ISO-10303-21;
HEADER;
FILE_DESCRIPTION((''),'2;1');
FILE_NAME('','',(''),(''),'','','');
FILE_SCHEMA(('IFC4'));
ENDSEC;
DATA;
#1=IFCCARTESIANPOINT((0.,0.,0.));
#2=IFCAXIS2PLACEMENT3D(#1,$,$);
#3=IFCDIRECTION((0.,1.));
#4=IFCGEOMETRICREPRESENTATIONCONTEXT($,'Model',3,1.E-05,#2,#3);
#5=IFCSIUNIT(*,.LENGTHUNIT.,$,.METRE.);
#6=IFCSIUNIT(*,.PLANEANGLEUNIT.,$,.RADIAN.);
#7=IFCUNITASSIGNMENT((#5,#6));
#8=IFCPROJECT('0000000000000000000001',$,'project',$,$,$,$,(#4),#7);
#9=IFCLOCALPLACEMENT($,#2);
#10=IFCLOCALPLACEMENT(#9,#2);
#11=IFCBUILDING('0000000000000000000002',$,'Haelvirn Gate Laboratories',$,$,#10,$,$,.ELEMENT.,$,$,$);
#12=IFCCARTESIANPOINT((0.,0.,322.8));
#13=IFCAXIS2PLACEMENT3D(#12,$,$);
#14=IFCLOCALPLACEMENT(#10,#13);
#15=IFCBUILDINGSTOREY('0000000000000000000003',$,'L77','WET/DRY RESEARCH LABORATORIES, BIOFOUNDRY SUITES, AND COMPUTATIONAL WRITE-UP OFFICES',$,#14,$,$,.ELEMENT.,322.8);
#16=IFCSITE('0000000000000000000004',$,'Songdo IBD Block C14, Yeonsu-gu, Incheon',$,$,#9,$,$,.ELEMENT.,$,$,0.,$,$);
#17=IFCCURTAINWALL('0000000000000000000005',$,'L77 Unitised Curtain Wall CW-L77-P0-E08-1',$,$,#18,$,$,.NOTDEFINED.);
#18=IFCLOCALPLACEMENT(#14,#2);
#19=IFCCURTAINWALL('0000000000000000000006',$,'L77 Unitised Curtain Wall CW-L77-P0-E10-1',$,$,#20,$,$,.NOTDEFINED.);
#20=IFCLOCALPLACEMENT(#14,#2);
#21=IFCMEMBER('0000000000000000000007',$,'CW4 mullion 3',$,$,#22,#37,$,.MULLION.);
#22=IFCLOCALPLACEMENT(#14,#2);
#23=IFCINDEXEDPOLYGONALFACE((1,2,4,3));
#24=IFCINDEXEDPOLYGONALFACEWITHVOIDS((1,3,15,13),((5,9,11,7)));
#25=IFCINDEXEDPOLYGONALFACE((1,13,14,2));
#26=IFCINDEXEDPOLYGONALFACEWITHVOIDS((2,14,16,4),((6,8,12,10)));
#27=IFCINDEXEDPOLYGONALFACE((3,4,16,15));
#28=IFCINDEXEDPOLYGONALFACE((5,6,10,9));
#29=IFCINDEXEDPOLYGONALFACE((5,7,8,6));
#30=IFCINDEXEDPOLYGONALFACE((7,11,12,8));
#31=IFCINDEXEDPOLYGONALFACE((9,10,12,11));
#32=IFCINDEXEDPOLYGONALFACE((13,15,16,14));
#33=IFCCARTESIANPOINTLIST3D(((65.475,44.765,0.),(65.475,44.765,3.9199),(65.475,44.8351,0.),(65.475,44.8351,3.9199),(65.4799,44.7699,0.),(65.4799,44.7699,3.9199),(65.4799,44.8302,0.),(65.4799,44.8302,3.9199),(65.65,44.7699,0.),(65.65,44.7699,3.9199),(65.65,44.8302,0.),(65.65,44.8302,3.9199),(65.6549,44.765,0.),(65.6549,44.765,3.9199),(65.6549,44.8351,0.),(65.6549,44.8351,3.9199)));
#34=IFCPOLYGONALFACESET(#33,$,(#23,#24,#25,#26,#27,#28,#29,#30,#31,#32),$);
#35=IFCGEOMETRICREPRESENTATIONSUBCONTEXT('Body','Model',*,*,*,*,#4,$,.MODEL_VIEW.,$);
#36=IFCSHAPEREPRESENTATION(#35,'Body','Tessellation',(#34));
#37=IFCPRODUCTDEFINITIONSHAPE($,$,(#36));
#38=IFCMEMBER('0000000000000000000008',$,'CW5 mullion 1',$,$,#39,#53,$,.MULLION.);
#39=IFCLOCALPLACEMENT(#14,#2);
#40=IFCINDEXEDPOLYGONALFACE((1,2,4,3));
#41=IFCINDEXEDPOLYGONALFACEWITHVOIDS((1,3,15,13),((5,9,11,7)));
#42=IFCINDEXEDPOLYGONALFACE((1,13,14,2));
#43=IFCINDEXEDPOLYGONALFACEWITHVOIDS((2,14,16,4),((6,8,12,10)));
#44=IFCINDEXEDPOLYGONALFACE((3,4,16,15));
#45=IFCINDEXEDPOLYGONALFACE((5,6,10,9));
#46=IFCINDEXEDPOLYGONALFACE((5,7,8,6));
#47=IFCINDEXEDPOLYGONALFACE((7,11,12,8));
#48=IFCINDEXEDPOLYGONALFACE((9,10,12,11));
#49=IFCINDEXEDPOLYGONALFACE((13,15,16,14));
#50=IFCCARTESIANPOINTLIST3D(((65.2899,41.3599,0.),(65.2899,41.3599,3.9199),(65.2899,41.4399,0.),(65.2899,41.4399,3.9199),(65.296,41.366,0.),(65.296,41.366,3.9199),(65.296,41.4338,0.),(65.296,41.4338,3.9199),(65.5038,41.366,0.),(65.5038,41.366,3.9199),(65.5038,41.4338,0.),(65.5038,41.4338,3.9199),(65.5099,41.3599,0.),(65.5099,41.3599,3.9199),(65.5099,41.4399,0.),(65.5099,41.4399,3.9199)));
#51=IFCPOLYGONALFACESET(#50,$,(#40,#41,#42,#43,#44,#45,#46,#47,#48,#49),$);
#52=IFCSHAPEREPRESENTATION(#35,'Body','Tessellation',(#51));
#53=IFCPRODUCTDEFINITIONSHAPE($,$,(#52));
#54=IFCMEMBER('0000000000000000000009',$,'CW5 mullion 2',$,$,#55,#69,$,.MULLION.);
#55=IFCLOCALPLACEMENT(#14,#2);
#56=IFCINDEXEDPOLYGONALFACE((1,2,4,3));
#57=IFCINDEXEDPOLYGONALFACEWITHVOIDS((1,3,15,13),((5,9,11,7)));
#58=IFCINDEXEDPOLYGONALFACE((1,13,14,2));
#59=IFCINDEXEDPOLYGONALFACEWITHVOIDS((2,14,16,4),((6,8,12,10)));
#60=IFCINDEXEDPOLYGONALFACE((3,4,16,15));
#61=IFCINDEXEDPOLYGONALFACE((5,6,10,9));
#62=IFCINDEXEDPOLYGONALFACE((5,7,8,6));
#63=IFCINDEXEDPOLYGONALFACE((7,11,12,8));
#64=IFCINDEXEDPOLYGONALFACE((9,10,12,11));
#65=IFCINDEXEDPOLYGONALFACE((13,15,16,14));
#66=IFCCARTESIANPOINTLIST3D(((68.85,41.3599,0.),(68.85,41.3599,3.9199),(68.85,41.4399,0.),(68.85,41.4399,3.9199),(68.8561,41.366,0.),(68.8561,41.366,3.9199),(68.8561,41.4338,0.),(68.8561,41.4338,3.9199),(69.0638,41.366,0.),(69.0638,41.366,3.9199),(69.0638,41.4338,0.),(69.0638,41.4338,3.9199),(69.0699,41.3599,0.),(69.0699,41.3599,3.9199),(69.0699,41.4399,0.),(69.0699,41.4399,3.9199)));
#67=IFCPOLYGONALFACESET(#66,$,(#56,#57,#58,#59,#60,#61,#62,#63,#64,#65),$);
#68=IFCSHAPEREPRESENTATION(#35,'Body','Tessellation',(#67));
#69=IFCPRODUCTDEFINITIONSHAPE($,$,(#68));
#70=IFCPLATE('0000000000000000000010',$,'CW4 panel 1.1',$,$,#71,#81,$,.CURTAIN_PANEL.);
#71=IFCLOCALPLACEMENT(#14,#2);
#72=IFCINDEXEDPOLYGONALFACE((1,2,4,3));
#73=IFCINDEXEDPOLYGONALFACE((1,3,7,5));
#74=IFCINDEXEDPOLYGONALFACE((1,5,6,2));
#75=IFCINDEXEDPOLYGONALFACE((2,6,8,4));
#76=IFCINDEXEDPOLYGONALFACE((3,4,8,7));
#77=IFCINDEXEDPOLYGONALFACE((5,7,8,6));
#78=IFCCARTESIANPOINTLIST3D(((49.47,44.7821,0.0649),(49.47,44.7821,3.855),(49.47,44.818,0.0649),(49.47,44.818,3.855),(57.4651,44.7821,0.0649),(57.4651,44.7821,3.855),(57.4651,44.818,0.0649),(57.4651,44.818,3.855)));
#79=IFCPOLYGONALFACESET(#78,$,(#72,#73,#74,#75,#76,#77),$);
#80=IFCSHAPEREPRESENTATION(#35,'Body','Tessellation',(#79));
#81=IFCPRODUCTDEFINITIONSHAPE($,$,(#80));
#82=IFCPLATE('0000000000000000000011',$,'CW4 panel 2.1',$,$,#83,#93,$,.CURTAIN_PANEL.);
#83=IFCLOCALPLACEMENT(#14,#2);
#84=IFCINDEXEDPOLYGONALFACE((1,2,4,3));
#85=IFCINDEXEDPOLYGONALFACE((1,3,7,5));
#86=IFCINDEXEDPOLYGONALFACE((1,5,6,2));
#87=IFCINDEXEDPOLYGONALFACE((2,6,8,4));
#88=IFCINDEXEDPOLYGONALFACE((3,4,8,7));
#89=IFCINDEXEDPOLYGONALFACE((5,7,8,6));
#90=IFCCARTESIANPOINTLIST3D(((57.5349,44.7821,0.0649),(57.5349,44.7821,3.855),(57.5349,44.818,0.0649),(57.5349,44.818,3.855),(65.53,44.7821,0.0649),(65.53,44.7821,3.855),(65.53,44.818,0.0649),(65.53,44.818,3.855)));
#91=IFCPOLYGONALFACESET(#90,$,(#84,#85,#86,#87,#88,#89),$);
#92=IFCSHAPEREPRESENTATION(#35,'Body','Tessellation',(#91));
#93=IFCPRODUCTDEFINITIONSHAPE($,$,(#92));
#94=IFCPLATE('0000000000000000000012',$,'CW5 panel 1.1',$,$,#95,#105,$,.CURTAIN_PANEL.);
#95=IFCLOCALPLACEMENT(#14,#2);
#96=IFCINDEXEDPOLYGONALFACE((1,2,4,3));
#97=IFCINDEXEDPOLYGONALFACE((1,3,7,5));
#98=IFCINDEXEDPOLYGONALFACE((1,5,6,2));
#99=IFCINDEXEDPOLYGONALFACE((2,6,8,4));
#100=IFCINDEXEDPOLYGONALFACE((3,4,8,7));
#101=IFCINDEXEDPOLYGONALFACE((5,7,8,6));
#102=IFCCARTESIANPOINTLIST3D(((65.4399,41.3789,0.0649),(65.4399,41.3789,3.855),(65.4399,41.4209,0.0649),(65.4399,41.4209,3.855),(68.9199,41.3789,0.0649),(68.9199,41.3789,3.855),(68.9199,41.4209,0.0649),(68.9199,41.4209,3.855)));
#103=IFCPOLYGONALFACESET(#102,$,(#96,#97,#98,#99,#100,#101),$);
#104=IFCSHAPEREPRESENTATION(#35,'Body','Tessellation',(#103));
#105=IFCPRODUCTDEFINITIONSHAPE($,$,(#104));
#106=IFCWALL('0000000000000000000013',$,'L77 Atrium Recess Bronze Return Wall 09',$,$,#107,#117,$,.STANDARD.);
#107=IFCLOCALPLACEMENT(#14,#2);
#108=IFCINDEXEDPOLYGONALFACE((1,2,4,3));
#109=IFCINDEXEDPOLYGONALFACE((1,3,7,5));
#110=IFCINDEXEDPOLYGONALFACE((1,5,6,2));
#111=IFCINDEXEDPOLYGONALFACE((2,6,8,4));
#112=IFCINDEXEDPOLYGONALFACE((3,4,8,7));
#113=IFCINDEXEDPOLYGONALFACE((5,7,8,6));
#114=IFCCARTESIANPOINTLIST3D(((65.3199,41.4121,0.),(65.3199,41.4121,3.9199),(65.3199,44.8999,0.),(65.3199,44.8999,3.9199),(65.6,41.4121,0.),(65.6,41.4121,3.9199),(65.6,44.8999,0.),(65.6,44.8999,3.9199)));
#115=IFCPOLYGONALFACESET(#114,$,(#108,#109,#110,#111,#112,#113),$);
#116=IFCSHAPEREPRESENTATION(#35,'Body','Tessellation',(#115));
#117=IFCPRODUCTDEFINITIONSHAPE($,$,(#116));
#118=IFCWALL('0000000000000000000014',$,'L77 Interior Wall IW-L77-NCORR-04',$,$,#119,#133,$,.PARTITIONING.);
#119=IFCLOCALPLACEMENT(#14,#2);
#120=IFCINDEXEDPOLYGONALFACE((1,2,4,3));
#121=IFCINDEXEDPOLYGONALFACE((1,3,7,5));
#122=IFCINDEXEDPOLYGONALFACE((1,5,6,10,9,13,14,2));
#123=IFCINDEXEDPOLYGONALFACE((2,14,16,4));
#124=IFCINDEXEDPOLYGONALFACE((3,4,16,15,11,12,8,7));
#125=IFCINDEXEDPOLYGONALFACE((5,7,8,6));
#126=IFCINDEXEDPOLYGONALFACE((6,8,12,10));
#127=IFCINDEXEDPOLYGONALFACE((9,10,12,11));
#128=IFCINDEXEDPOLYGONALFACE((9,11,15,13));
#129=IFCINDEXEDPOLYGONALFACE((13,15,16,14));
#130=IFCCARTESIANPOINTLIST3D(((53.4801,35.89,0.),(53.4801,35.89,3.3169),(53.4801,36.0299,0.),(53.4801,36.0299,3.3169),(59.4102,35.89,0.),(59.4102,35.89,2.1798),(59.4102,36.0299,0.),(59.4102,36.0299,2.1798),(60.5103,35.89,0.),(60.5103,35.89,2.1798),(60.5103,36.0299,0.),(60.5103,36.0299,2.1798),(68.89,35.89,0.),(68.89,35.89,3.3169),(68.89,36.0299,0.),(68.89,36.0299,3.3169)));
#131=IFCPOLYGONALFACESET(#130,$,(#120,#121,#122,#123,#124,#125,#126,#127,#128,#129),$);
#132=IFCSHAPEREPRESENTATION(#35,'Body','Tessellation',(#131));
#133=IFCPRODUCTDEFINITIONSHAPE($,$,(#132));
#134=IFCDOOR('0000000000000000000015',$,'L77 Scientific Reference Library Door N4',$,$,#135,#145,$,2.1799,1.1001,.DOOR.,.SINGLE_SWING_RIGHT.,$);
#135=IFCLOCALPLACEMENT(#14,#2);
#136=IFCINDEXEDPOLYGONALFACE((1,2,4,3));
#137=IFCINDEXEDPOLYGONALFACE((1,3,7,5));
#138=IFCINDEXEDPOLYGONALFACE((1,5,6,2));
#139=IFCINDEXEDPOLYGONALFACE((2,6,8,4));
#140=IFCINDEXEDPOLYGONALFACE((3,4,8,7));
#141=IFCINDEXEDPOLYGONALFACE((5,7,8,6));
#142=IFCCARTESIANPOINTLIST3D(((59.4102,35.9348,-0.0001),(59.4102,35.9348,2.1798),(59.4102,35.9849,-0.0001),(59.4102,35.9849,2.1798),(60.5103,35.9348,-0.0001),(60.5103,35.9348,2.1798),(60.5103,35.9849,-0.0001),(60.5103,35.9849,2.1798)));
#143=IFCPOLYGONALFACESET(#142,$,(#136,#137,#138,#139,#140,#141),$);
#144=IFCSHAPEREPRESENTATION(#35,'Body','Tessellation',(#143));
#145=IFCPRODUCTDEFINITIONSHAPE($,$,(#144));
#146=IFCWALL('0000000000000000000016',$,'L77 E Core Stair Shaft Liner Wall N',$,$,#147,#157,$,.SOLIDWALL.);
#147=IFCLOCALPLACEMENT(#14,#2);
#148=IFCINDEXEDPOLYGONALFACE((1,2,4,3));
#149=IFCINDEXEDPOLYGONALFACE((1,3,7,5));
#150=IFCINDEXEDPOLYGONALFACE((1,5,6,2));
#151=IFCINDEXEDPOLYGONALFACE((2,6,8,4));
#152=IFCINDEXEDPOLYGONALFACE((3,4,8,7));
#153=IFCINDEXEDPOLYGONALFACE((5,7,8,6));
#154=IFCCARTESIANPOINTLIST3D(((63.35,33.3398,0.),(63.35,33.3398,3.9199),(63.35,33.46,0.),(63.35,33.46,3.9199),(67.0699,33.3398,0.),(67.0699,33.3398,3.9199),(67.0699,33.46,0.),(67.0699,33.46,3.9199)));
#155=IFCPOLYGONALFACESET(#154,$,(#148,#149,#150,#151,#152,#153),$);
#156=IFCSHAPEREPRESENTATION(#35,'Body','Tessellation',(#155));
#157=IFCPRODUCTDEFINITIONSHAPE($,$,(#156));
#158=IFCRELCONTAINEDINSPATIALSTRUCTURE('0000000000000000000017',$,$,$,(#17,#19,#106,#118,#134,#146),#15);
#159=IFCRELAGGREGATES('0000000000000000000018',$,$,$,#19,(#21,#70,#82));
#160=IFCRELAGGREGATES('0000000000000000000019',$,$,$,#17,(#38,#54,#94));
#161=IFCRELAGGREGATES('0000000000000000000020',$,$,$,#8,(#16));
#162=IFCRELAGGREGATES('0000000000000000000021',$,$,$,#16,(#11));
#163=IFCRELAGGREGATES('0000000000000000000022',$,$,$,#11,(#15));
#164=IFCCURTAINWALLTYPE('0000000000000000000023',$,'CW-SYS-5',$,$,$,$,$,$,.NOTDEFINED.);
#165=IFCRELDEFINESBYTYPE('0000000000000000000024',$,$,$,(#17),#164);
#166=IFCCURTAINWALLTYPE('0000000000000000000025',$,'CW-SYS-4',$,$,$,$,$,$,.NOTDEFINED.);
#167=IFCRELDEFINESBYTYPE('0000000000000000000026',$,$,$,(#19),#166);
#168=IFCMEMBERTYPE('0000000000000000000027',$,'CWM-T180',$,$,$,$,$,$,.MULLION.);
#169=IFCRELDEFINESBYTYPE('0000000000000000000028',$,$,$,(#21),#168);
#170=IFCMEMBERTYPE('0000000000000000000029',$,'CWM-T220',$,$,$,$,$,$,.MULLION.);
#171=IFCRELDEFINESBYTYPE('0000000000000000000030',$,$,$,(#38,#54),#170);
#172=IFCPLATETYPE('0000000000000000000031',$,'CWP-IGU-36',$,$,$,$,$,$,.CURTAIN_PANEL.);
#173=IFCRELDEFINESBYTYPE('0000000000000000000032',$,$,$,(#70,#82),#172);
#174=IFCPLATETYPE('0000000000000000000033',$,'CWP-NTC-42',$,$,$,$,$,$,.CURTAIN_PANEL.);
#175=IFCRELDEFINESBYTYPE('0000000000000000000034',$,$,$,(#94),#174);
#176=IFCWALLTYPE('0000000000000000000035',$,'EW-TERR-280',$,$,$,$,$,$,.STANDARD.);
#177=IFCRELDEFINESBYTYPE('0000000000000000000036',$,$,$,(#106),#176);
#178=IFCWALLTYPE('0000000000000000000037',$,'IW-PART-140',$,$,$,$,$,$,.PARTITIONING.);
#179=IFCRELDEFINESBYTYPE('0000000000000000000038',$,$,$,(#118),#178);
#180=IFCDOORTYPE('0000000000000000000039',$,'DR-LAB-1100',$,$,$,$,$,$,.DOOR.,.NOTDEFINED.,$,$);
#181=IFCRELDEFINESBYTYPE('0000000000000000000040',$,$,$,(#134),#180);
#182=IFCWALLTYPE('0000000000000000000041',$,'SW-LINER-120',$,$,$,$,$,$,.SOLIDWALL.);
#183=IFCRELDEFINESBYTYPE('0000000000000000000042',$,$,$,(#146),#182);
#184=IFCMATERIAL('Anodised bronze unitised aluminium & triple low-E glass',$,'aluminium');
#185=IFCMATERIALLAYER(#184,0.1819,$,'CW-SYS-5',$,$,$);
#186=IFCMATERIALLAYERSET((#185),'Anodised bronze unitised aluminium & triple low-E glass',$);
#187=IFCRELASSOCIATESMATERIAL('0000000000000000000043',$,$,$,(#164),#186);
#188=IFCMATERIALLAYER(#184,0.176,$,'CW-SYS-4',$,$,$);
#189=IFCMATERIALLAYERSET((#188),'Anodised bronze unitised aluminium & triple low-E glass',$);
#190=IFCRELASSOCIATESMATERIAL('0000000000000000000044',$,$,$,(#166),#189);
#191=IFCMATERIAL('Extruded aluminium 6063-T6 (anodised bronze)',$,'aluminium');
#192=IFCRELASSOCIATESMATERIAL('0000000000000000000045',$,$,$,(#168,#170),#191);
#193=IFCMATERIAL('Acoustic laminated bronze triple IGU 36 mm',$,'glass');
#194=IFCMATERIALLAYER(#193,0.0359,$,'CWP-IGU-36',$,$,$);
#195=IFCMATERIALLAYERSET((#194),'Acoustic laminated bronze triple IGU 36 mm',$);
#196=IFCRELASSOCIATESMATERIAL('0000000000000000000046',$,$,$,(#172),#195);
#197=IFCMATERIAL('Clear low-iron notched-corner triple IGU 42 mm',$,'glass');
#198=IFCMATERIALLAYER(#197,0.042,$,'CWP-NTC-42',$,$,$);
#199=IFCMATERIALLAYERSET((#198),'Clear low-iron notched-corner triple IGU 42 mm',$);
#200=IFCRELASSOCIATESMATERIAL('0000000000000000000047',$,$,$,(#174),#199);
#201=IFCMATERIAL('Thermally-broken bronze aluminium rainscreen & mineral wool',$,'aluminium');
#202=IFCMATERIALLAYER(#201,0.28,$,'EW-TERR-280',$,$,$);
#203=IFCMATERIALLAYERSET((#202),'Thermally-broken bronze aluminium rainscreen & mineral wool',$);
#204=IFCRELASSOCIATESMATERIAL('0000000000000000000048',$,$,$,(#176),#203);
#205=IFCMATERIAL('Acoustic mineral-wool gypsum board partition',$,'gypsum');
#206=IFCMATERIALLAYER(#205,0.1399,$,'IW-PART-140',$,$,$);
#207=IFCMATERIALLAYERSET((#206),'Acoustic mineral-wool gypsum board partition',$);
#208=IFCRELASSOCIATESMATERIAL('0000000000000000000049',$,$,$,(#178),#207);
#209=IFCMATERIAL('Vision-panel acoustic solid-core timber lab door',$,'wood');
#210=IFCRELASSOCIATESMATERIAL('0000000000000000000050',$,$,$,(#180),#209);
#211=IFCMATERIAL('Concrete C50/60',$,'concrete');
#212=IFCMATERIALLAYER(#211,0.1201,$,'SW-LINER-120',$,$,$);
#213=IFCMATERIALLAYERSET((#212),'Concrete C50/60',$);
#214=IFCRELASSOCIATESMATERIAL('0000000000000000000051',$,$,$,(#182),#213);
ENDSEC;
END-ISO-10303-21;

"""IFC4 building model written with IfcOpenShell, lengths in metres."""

from ifc_helpers import new_model, si_unit, direction, frame, frame_2d, origin, origin_2d, place, context, subcontext, project, spatial, rectangle, hollow_rectangle, extrude, source, transform, mapped, material, layer, layer_set, material_profile, profile_set, type_object, type_shapes, element, fill, aggregate, save


model = new_model("IFC4")

# Units and contexts
model_context = context("Model", 3, precision=1e-05, world=origin(), true_north=direction((0.0, 1.0)))
body_context = subcontext(model_context, "Body", "Model", "MODEL_VIEW")
ifc_project = project(units=[si_unit("LENGTHUNIT", "METRE"), si_unit("PLANEANGLEUNIT", "RADIAN")], contexts=[model_context])

# Site, building, storey
site_placement = place(None, origin())
site = spatial("IfcSite", under=ifc_project, at=site_placement, Name="Songdo IBD Block C14, Yeonsu-gu, Incheon", CompositionType="ELEMENT", RefElevation=0.0)
building_placement = place(site_placement, origin())
building = spatial("IfcBuilding", under=site, at=building_placement, Name="Haelvirn Gate Laboratories", CompositionType="ELEMENT")
storey_placement = place(building_placement, frame((0.0, 0.0, 322.8)))
storey = spatial("IfcBuildingStorey", under=building, at=storey_placement, Name="L77", Description="WET/DRY RESEARCH LABORATORIES, BIOFOUNDRY SUITES, AND COMPUTATIONAL WRITE-UP OFFICES", CompositionType="ELEMENT", Elevation=322.8)

# Shared definitions
ifc_material_1 = material(Name="Concrete C50/60", Category="concrete")

# Curtain walls
ifc_material_2 = material(Name="Anodised bronze unitised aluminium & triple low-E glass", Category="aluminium")
ifc_layer_1 = layer(ifc_material_2, 0.1819, Name="CW-SYS-5")
ifc_layer_set_1 = layer_set([ifc_layer_1], Name="Anodised bronze unitised aluminium & triple low-E glass")
curtain_wall_type_1 = type_object("IfcCurtainWallType", Name="CW-SYS-5", PredefinedType="NOTDEFINED", material=ifc_layer_set_1)
curtain_wall_1_placement = place(storey_placement, origin())
curtain_wall_1 = element("IfcCurtainWall", 1, at=curtain_wall_1_placement, inside=storey, type_object=curtain_wall_type_1, Name="L77 Unitised Curtain Wall CW-L77-P0-E08-1", PredefinedType="NOTDEFINED")
ifc_material_3 = material(Name="Extruded aluminium 6063-T6 (anodised bronze)", Category="aluminium")
ifc_layer_2 = layer(ifc_material_2, 0.176, Name="CW-SYS-4")
ifc_layer_set_2 = layer_set([ifc_layer_2], Name="Anodised bronze unitised aluminium & triple low-E glass")
curtain_wall_type_2 = type_object("IfcCurtainWallType", Name="CW-SYS-4", PredefinedType="NOTDEFINED", material=ifc_layer_set_2)
curtain_wall_2_placement = place(storey_placement, origin())
curtain_wall_2 = element("IfcCurtainWall", 2, at=curtain_wall_2_placement, inside=storey, type_object=curtain_wall_type_2, Name="L77 Unitised Curtain Wall CW-L77-P0-E10-1", PredefinedType="NOTDEFINED")

# Shared definitions
ifc_material_profile_1 = material_profile(ifc_material_3, hollow_rectangle(XDim=0.0701, YDim=0.1799, WallThickness=0.0049, at=origin_2d()), Name="CWM-180x70x5")
ifc_profile_set_1 = profile_set([ifc_material_profile_1], Name="Extruded aluminium 6063-T6 (anodised bronze)")
member_type_1 = type_object("IfcMemberType", Name="CWM-T180", PredefinedType="MULLION", material=ifc_profile_set_1)
shared_shape_1 = source(origin(), body_context, "Body", "SweptSolid", [
    extrude(hollow_rectangle(XDim=0.0701, YDim=0.1799, WallThickness=0.0049, at=origin_2d()), origin(), (0.0, 0.0, 1.0), 3.9199),
])
type_shapes(member_type_1, [shared_shape_1])

# Members
member_1_placement = place(storey_placement, frame((65.5649, 44.8, 0.0), z_axis=(0.0, 0.0, 1.0), x_axis=(0.0, 1.0, 0.0)))
member_1 = element("IfcMember", 3, at=member_1_placement, type_object=member_type_1, Name="CW4 mullion 3", PredefinedType="MULLION", context=body_context, shape_type="MappedRepresentation", body=[
    mapped(shared_shape_1, transform((0.0, 0.0, 0.0), scale=1.0)),
])
ifc_material_profile_2 = material_profile(ifc_material_3, hollow_rectangle(XDim=0.0801, YDim=0.22, WallThickness=0.0061, at=origin_2d()), Name="CWM-220x80x6")
ifc_profile_set_2 = profile_set([ifc_material_profile_2], Name="Extruded aluminium 6063-T6 (anodised bronze)")
member_type_2 = type_object("IfcMemberType", Name="CWM-T220", PredefinedType="MULLION", material=ifc_profile_set_2)
shared_shape_2 = source(origin(), body_context, "Body", "SweptSolid", [
    extrude(hollow_rectangle(XDim=0.0801, YDim=0.22, WallThickness=0.0061, at=origin_2d()), origin(), (0.0, 0.0, 1.0), 3.9199),
])
type_shapes(member_type_2, [shared_shape_2])
member_2_placement = place(storey_placement, frame((65.3999, 41.3999, 0.0), z_axis=(0.0, 0.0, 1.0), x_axis=(0.0, 1.0, 0.0)))
member_2 = element("IfcMember", 4, at=member_2_placement, type_object=member_type_2, Name="CW5 mullion 1", PredefinedType="MULLION", context=body_context, shape_type="MappedRepresentation", body=[
    mapped(shared_shape_2, transform((0.0, 0.0, 0.0), scale=1.0)),
])
member_3_placement = place(storey_placement, frame((68.96, 41.3999, 0.0), z_axis=(0.0, 0.0, 1.0), x_axis=(0.0, 1.0, 0.0)))
member_3 = element("IfcMember", 5, at=member_3_placement, type_object=member_type_2, Name="CW5 mullion 2", PredefinedType="MULLION", context=body_context, shape_type="MappedRepresentation", body=[
    mapped(shared_shape_2, transform((0.0, 0.0, 0.0), scale=1.0)),
])

# Plates
ifc_material_4 = material(Name="Acoustic laminated bronze triple IGU 36 mm", Category="glass")
ifc_layer_3 = layer(ifc_material_4, 0.0359, Name="CWP-IGU-36")
ifc_layer_set_3 = layer_set([ifc_layer_3], Name="Acoustic laminated bronze triple IGU 36 mm")
plate_type_1 = type_object("IfcPlateType", Name="CWP-IGU-36", PredefinedType="CURTAIN_PANEL", material=ifc_layer_set_3)
shared_shape_3 = source(origin(), body_context, "Body", "SweptSolid", [
    extrude(rectangle(XDim=7.9951, YDim=0.0359, at=origin_2d()), origin(), (0.0, 0.0, 1.0), 3.79),
])
type_shapes(plate_type_1, [shared_shape_3])
plate_1_placement = place(storey_placement, frame((53.4675, 44.8, 0.0649), z_axis=(0.0, 0.0, 1.0), x_axis=(1.0, 0.0, 0.0)))
plate_1 = element("IfcPlate", 6, at=plate_1_placement, type_object=plate_type_1, Name="CW4 panel 1.1", PredefinedType="CURTAIN_PANEL", context=body_context, shape_type="MappedRepresentation", body=[
    mapped(shared_shape_3, transform((0.0, 0.0, 0.0), scale=1.0)),
])
plate_2_placement = place(storey_placement, frame((61.5325, 44.8, 0.0649), z_axis=(0.0, 0.0, 1.0), x_axis=(1.0, 0.0, 0.0)))
plate_2 = element("IfcPlate", 7, at=plate_2_placement, type_object=plate_type_1, Name="CW4 panel 2.1", PredefinedType="CURTAIN_PANEL", context=body_context, shape_type="MappedRepresentation", body=[
    mapped(shared_shape_3, transform((0.0, 0.0, 0.0), scale=1.0)),
])
aggregate(curtain_wall_2, [member_1, plate_1, plate_2])
ifc_material_5 = material(Name="Clear low-iron notched-corner triple IGU 42 mm", Category="glass")
ifc_layer_4 = layer(ifc_material_5, 0.042, Name="CWP-NTC-42")
ifc_layer_set_4 = layer_set([ifc_layer_4], Name="Clear low-iron notched-corner triple IGU 42 mm")
plate_type_2 = type_object("IfcPlateType", Name="CWP-NTC-42", PredefinedType="CURTAIN_PANEL", material=ifc_layer_set_4)
shared_shape_4 = source(origin(), body_context, "Body", "SweptSolid", [
    extrude(rectangle(XDim=3.48, YDim=0.042, at=origin_2d()), origin(), (0.0, 0.0, 1.0), 3.79),
])
type_shapes(plate_type_2, [shared_shape_4])
plate_3_placement = place(storey_placement, frame((67.1799, 41.3999, 0.0649), z_axis=(0.0, 0.0, 1.0), x_axis=(1.0, 0.0, 0.0)))
plate_3 = element("IfcPlate", 8, at=plate_3_placement, type_object=plate_type_2, Name="CW5 panel 1.1", PredefinedType="CURTAIN_PANEL", context=body_context, shape_type="MappedRepresentation", body=[
    mapped(shared_shape_4, transform((0.0, 0.0, 0.0), scale=1.0)),
])
aggregate(curtain_wall_1, [member_2, member_3, plate_3])

# Wall
ifc_material_6 = material(Name="Thermally-broken bronze aluminium rainscreen & mineral wool", Category="aluminium")
ifc_layer_5 = layer(ifc_material_6, 0.28, Name="EW-TERR-280")
ifc_layer_set_5 = layer_set([ifc_layer_5], Name="Thermally-broken bronze aluminium rainscreen & mineral wool")
wall_type_1 = type_object("IfcWallType", Name="EW-TERR-280", PredefinedType="STANDARD", material=ifc_layer_set_5)
wall_1_placement = place(storey_placement, frame((65.46, 41.4121, 0.0), z_axis=(0.0, 0.0, 1.0), x_axis=(0.0, 1.0, 0.0)))
element("IfcWall", 9, at=wall_1_placement, inside=storey, type_object=wall_type_1, Name="L77 Atrium Recess Bronze Return Wall 09", PredefinedType="STANDARD", context=body_context, shape_type="SweptSolid", body=[
    extrude(rectangle(XDim=3.4878, YDim=0.28, at=frame_2d((1.7439, 0.0))), origin(), (0.0, 0.0, 1.0), 3.9199),
])

# Wall, opening, door
ifc_material_7 = material(Name="Acoustic mineral-wool gypsum board partition", Category="gypsum")
ifc_layer_6 = layer(ifc_material_7, 0.1399, Name="IW-PART-140")
ifc_layer_set_6 = layer_set([ifc_layer_6], Name="Acoustic mineral-wool gypsum board partition")
wall_type_2 = type_object("IfcWallType", Name="IW-PART-140", PredefinedType="PARTITIONING", material=ifc_layer_set_6)
wall_2_placement = place(storey_placement, frame((53.48, 35.96, 0.0), z_axis=(0.0, 0.0, 1.0), x_axis=(1.0, 0.0, 0.0)))
wall_2 = element("IfcWall", 10, at=wall_2_placement, inside=storey, type_object=wall_type_2, Name="L77 Interior Wall IW-L77-NCORR-04", PredefinedType="PARTITIONING", context=body_context, shape_type="SweptSolid", body=[
    extrude(rectangle(XDim=15.4099, YDim=0.1399, at=frame_2d((7.7051, 0.0))), origin(), (0.0, 0.0, 1.0), 3.3169),
])
opening_placement = place(wall_2_placement, frame((5.9302, 0.0, 0.0)))
opening = element("IfcOpeningElement", 11, at=opening_placement, cuts=wall_2, PredefinedType="OPENING", context=body_context, shape_type="SweptSolid", body=[
    extrude(rectangle(XDim=1.1001, YDim=2.1799, at=frame_2d((0.55, 1.0898))), frame((0.0, 0.0801, 0.0), z_axis=(0.0, -1.0, 0.0), x_axis=(1.0, 0.0, 0.0)), (0.0, 0.0, 1.0), 0.1599),
])
ifc_material_8 = material(Name="Vision-panel acoustic solid-core timber lab door", Category="wood")
door_type = type_object("IfcDoorType", Name="DR-LAB-1100", OperationType="NOTDEFINED", PredefinedType="DOOR", material=ifc_material_8)
shared_shape_5 = source(origin(), body_context, "Body", "SweptSolid", [
    extrude(rectangle(XDim=1.1001, YDim=2.1799, at=frame_2d((0.55, 1.0898))), frame((0.0, 0.0249, 0.0), z_axis=(0.0, -1.0, 0.0), x_axis=(1.0, 0.0, 0.0)), (0.0, 0.0, 1.0), 0.05),
])
type_shapes(door_type, [shared_shape_5])
door_placement = place(opening_placement, origin())
door = element("IfcDoor", 12, at=door_placement, inside=storey, type_object=door_type, Name="L77 Scientific Reference Library Door N4", OperationType="SINGLE_SWING_RIGHT", OverallHeight=2.1799, OverallWidth=1.1001, PredefinedType="DOOR", context=body_context, shape_type="MappedRepresentation", body=[
    mapped(shared_shape_5, transform((0.0, 0.0, 0.0), scale=1.0)),
])
fill(opening, door)

# Wall
ifc_layer_7 = layer(ifc_material_1, 0.1201, Name="SW-LINER-120")
ifc_layer_set_7 = layer_set([ifc_layer_7], Name="Concrete C50/60")
wall_type_3 = type_object("IfcWallType", Name="SW-LINER-120", PredefinedType="SOLIDWALL", material=ifc_layer_set_7)
wall_3_placement = place(storey_placement, frame((63.3501, 33.3999, 0.0), z_axis=(0.0, 0.0, 1.0), x_axis=(1.0, 0.0, 0.0)))
element("IfcWall", 13, at=wall_3_placement, inside=storey, type_object=wall_type_3, Name="L77 E Core Stair Shaft Liner Wall N", PredefinedType="SOLIDWALL", context=body_context, shape_type="SweptSolid", body=[
    extrude(rectangle(XDim=3.72, YDim=0.1201, at=frame_2d((1.8599, 0.0))), origin(), (0.0, 0.0, 1.0), 3.9199),
])

save(model, "model.ifc")
